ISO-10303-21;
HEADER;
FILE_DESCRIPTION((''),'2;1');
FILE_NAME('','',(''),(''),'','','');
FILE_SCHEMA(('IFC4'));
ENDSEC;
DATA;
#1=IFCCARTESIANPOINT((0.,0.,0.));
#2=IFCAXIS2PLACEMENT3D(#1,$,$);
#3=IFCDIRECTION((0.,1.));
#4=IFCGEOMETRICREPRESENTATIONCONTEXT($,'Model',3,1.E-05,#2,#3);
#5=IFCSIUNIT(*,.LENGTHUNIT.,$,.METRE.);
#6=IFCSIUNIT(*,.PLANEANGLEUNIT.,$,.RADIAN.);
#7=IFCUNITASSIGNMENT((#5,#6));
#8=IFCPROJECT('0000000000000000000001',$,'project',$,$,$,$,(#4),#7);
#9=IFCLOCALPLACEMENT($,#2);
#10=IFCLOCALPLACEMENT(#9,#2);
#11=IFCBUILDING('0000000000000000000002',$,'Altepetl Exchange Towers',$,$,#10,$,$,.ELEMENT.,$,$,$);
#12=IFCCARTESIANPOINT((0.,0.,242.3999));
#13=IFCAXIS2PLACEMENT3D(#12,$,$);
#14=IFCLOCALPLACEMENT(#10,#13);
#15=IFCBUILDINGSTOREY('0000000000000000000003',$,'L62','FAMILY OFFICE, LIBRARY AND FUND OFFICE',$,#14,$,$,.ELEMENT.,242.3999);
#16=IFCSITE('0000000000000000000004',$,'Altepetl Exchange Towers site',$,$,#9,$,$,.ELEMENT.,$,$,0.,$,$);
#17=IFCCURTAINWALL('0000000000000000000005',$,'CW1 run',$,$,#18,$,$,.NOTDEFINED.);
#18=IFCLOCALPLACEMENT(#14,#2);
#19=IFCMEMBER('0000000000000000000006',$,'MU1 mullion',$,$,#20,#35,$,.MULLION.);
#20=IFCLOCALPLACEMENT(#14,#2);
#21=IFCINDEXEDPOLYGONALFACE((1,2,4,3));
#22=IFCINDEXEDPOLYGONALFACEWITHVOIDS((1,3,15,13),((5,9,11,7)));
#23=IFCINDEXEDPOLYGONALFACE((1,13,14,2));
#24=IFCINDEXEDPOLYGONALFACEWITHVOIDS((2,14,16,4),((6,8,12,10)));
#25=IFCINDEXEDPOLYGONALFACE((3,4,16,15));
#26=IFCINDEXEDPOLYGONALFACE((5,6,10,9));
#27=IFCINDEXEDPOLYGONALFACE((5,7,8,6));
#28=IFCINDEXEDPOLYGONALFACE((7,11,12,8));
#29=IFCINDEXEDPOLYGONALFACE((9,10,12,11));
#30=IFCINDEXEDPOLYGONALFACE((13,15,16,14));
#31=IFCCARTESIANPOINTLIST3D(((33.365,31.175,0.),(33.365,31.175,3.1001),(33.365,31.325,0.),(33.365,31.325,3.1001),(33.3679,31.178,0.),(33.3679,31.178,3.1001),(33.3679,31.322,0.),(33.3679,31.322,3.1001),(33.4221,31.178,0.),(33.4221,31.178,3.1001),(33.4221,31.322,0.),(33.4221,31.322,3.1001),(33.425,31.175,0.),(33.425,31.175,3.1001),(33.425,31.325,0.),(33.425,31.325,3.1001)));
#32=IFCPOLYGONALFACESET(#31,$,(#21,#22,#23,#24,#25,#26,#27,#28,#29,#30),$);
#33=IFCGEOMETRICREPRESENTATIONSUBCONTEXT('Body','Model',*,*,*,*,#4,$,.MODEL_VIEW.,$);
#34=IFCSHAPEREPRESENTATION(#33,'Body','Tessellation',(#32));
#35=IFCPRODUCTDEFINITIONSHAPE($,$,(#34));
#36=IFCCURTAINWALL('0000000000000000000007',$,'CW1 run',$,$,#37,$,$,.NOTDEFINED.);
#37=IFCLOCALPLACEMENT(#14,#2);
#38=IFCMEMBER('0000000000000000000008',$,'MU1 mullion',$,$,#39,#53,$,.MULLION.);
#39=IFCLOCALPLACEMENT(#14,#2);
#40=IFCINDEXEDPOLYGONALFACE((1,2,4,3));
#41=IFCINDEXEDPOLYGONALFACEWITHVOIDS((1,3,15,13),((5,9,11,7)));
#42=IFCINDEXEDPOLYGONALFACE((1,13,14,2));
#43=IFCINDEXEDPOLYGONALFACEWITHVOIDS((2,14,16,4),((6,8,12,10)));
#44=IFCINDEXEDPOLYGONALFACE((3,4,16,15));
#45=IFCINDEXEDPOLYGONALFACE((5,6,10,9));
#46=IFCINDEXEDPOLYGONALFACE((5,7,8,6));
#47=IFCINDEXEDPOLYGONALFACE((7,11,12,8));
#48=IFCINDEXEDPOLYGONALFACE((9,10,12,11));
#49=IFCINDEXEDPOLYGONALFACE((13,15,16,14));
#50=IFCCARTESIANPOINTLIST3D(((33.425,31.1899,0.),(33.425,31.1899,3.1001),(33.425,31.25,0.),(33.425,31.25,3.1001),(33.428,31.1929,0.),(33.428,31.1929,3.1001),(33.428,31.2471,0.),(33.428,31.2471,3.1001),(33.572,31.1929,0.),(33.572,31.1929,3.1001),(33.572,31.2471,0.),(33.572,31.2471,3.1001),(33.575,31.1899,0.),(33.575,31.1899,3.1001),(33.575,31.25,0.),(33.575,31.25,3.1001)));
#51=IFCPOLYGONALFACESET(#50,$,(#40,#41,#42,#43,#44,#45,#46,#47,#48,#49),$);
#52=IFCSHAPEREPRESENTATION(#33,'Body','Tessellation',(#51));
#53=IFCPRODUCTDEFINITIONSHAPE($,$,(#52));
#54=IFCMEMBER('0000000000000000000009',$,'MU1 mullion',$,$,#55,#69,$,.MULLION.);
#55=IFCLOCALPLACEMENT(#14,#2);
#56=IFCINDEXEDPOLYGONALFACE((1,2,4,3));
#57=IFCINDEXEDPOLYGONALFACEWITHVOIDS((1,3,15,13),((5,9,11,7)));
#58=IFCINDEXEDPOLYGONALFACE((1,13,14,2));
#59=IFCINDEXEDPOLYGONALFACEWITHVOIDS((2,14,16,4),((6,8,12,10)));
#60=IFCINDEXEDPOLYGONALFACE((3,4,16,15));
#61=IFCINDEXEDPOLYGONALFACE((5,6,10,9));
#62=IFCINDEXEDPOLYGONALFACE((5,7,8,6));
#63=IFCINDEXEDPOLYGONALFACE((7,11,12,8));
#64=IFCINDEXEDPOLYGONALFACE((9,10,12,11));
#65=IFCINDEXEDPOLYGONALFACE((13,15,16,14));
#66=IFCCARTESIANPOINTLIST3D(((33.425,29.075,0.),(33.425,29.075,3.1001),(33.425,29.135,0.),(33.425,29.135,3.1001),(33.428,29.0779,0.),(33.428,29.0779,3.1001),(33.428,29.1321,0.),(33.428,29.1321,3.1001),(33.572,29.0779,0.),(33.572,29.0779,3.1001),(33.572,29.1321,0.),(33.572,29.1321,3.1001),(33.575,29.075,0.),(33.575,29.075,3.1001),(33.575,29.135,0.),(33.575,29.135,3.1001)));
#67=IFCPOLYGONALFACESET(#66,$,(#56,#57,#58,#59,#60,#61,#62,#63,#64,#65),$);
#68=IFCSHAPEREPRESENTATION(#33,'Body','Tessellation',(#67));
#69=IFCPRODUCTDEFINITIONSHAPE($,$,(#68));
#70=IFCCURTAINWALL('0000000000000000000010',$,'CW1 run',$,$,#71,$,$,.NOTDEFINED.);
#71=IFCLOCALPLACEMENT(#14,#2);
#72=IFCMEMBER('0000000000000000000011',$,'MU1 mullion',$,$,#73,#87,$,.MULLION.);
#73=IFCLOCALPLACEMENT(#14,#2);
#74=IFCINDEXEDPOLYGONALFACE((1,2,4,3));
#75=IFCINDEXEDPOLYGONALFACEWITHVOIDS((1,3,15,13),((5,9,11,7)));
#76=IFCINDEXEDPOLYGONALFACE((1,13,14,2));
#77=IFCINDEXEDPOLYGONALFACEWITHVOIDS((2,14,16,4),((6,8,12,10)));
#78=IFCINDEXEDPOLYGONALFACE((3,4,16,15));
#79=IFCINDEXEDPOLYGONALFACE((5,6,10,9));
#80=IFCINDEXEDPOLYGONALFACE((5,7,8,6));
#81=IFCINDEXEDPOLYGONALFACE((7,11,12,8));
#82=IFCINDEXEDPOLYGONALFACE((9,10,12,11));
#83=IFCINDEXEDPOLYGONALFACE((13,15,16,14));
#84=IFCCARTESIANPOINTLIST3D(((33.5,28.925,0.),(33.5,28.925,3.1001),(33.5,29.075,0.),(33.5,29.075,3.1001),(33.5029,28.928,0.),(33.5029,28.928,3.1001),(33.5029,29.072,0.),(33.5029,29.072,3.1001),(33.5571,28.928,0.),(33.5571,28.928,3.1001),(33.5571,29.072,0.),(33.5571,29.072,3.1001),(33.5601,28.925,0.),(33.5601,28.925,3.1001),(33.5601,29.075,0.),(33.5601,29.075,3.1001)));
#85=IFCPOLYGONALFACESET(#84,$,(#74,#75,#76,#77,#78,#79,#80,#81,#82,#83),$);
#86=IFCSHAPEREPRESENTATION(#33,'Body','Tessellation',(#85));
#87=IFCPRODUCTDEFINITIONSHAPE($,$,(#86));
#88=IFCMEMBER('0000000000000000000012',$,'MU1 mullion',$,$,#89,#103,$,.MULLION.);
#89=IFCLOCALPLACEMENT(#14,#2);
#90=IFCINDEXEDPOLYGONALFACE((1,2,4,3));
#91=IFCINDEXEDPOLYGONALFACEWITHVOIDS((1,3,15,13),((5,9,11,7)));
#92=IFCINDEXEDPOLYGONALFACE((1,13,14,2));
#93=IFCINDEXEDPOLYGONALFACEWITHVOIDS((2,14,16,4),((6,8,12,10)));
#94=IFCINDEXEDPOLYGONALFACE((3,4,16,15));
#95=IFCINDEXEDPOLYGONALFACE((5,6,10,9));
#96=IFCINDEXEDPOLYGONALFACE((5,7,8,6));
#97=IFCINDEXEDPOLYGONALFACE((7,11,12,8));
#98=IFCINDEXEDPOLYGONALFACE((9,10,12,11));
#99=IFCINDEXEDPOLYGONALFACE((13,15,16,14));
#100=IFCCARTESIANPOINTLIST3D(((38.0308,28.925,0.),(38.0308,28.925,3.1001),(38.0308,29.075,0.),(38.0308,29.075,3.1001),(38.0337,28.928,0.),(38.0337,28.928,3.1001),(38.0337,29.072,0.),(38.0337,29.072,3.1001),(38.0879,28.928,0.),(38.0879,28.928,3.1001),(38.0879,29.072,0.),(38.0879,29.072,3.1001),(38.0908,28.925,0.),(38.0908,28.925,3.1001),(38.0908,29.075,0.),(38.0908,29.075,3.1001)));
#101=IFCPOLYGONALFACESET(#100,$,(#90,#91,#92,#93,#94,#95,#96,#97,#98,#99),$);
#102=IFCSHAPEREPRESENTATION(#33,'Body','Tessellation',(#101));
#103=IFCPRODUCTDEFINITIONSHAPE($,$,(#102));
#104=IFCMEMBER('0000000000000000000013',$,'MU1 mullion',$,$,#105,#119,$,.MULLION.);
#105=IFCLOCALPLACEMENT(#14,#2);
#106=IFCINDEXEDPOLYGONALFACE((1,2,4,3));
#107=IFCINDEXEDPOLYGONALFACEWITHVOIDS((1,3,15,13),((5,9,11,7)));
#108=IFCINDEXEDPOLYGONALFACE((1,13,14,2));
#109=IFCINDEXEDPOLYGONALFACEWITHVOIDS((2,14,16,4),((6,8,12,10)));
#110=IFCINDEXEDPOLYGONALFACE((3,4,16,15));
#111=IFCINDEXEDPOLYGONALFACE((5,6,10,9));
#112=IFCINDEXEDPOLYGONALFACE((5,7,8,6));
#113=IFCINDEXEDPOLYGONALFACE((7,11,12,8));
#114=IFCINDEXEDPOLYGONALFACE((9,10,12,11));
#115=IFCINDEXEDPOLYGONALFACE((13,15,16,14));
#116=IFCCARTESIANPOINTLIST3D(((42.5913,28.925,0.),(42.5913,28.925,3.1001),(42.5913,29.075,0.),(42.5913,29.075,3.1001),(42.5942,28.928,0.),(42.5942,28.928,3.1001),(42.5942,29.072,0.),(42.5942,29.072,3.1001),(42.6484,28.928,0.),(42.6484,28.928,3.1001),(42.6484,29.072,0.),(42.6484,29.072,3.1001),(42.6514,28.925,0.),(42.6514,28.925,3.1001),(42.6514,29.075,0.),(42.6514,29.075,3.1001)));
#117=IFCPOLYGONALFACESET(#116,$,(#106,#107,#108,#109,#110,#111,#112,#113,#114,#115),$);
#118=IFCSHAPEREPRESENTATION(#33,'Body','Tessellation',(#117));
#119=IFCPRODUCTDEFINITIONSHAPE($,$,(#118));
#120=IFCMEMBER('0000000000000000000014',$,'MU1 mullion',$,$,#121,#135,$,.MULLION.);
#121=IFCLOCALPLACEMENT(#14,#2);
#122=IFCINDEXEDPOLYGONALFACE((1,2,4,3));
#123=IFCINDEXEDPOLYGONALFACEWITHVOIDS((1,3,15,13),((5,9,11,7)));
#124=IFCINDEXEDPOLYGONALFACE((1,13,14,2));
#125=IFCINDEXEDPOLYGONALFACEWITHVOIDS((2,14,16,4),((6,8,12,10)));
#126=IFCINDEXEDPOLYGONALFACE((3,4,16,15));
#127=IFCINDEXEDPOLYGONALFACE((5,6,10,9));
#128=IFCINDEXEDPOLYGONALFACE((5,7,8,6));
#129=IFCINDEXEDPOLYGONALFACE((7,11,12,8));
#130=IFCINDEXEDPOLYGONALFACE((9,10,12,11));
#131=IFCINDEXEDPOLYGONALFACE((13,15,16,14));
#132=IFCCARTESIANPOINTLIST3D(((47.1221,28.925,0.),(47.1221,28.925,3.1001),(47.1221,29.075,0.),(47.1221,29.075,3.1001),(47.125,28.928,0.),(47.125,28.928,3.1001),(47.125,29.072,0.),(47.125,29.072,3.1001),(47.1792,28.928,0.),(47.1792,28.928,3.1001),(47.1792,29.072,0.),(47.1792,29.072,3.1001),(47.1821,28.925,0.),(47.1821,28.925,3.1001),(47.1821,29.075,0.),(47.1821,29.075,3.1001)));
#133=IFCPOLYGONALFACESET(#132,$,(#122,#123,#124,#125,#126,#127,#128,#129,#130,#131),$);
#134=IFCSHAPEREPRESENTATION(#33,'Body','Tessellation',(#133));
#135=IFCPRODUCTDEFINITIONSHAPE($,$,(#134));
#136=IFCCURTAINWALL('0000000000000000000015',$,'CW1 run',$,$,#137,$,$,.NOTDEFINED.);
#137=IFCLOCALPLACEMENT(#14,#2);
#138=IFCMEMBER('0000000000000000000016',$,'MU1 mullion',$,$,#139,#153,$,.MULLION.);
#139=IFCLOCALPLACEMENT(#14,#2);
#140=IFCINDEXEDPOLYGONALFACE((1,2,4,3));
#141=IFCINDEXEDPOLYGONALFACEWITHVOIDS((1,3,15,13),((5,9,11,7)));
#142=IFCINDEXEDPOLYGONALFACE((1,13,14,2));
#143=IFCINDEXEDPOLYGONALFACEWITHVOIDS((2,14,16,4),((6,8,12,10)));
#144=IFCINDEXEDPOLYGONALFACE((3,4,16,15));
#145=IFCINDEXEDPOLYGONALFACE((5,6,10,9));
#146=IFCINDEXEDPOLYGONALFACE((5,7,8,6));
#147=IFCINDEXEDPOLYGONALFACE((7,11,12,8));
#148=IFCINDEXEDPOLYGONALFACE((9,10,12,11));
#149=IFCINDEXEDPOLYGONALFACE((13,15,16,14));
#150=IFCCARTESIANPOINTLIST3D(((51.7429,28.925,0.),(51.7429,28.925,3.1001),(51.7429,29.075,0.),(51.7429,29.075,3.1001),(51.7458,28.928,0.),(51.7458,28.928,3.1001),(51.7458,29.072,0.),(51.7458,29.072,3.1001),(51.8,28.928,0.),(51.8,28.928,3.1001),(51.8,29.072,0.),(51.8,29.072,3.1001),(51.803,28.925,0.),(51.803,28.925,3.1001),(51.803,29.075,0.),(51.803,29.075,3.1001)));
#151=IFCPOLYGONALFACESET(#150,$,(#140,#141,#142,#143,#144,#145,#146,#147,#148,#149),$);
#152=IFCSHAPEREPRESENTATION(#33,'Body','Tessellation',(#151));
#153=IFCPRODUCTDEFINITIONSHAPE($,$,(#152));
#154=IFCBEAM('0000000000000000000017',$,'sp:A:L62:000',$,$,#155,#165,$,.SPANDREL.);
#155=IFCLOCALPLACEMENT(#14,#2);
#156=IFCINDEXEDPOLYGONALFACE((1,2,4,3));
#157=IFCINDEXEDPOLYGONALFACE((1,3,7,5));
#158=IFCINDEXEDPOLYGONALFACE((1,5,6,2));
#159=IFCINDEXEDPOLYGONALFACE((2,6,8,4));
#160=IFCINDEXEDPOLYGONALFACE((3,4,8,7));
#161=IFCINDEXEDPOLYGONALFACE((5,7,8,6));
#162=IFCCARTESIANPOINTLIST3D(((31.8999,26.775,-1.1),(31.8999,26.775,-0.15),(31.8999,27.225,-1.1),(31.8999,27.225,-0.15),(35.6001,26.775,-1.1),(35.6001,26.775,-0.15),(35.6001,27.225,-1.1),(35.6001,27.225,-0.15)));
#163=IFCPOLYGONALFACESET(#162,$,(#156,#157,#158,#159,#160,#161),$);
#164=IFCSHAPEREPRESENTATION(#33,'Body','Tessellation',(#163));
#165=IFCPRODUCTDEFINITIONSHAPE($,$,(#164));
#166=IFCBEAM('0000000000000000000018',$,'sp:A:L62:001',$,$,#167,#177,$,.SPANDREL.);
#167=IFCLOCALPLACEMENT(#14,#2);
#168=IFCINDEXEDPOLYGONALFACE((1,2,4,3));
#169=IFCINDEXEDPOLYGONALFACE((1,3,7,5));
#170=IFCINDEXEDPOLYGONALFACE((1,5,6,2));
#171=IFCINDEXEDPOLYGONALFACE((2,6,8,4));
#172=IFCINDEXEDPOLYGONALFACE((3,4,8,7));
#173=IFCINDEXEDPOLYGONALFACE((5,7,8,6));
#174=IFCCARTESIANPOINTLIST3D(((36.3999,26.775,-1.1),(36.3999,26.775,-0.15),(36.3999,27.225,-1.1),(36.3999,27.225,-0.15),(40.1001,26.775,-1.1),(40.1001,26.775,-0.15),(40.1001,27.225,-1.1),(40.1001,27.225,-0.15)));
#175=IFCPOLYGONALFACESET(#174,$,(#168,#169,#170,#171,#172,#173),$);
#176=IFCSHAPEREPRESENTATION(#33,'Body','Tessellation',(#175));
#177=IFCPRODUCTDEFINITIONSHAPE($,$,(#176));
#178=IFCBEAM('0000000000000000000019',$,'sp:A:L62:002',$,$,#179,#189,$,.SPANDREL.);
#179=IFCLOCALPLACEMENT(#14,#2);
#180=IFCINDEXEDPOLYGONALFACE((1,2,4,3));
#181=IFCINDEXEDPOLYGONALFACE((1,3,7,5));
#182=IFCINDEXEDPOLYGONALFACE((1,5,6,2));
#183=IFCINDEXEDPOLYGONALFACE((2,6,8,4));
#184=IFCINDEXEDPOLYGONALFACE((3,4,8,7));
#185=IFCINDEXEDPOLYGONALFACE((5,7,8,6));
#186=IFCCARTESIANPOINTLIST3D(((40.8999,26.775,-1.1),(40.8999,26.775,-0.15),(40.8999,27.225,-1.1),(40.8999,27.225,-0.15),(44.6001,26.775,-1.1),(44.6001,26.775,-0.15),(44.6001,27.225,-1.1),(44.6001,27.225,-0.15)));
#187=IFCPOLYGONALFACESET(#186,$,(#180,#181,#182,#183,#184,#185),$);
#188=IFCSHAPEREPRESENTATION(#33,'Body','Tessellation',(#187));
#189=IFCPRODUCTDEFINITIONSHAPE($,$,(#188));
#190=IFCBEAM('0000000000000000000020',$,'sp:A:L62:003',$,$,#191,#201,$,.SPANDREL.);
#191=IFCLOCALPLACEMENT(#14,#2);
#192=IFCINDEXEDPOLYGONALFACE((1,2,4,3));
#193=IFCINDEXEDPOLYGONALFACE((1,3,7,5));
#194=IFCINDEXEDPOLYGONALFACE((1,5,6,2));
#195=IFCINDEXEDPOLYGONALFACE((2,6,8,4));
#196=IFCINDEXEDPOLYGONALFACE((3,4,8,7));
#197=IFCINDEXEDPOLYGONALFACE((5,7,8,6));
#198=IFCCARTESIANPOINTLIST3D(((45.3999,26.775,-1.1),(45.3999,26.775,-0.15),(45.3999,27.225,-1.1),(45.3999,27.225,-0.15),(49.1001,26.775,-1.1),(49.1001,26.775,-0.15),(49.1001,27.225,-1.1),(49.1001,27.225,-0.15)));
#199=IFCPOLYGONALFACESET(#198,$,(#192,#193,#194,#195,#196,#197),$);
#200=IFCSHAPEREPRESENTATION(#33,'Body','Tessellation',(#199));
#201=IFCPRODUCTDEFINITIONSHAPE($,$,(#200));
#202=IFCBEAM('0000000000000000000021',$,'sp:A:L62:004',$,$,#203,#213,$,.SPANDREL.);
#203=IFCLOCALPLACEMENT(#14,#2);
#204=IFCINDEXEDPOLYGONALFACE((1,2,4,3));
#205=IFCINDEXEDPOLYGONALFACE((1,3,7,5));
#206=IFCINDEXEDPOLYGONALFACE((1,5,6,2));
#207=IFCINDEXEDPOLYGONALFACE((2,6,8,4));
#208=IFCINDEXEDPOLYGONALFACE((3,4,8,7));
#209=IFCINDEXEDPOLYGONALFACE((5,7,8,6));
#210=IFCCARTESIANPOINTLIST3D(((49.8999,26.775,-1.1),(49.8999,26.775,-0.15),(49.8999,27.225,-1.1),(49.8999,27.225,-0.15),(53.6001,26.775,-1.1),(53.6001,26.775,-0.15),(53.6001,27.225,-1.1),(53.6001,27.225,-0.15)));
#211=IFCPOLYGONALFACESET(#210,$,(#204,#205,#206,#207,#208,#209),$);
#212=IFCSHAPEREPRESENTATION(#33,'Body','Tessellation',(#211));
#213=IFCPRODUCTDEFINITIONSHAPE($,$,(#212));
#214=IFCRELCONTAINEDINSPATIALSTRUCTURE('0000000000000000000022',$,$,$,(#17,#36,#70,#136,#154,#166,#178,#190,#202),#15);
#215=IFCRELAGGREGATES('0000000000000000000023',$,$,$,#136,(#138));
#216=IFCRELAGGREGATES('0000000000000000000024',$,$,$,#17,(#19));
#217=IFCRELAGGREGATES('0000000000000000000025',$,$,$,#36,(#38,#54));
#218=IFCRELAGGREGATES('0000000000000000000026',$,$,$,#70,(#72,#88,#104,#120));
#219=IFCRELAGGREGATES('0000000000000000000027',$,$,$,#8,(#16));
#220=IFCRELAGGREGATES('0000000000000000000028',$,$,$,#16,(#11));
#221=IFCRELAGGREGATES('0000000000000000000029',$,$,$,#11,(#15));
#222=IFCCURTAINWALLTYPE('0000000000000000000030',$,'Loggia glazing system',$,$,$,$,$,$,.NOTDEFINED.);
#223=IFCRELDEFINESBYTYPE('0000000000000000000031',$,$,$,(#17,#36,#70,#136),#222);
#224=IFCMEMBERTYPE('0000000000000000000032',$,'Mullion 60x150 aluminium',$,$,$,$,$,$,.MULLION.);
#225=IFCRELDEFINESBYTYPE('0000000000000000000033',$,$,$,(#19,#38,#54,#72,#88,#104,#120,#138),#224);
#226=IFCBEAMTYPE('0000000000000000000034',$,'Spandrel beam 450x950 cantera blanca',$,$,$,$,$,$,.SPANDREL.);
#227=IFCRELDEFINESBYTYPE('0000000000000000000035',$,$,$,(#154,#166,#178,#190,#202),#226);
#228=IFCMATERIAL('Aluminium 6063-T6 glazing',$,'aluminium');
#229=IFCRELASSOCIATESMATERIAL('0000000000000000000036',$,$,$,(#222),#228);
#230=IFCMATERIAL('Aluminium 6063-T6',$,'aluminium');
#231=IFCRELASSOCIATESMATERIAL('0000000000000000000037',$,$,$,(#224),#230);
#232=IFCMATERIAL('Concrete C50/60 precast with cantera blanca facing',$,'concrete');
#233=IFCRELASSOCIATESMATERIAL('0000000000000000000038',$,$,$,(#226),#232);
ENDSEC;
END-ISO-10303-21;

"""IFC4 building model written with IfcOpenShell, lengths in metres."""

from ifc_helpers import new_model, si_unit, direction, frame, origin, origin_2d, place, context, subcontext, project, spatial, rectangle, hollow_rectangle, extrude, material, material_profile, profile_set, type_object, element, aggregate, save


model = new_model("IFC4")

# Units and contexts
model_context = context("Model", 3, precision=1e-05, world=origin(), true_north=direction((0.0, 1.0)))
body_context = subcontext(model_context, "Body", "Model", "MODEL_VIEW")
ifc_project = project(units=[si_unit("LENGTHUNIT", "METRE"), si_unit("PLANEANGLEUNIT", "RADIAN")], contexts=[model_context])

# Site, building, storey
site_placement = place(None, origin())
site = spatial("IfcSite", under=ifc_project, at=site_placement, Name="Altepetl Exchange Towers site", CompositionType="ELEMENT", RefElevation=0.0)
building_placement = place(site_placement, origin())
building = spatial("IfcBuilding", under=site, at=building_placement, Name="Altepetl Exchange Towers", CompositionType="ELEMENT")
storey_placement = place(building_placement, frame((0.0, 0.0, 242.3999)))
storey = spatial("IfcBuildingStorey", under=building, at=storey_placement, Name="L62", Description="FAMILY OFFICE, LIBRARY AND FUND OFFICE", CompositionType="ELEMENT", Elevation=242.3999)

# Shared definitions
ifc_material_1 = material(Name="Aluminium 6063-T6 glazing", Category="aluminium")
curtain_wall_type = type_object("IfcCurtainWallType", Name="Loggia glazing system", PredefinedType="NOTDEFINED", material=ifc_material_1)
ifc_material_2 = material(Name="Aluminium 6063-T6", Category="aluminium")
ifc_material_profile_1 = material_profile(ifc_material_2, hollow_rectangle(XDim=0.0601, YDim=0.1499, WallThickness=0.0029, at=origin_2d()), Name="Mullion 60x150 aluminium")
ifc_profile_set_1 = profile_set([ifc_material_profile_1], Name="Aluminium 6063-T6")
member_type = type_object("IfcMemberType", Name="Mullion 60x150 aluminium", PredefinedType="MULLION", material=ifc_profile_set_1)

# Curtain wall, member
curtain_wall_1_placement = place(storey_placement, origin())
curtain_wall_1 = element("IfcCurtainWall", 1, at=curtain_wall_1_placement, inside=storey, type_object=curtain_wall_type, Name="CW1 run", PredefinedType="NOTDEFINED")
member_1_placement = place(storey_placement, frame((33.395, 31.25, 0.0)))
member_1 = element("IfcMember", 2, at=member_1_placement, type_object=member_type, Name="MU1 mullion", PredefinedType="MULLION", context=body_context, shape_type="SweptSolid", body=[
    extrude(hollow_rectangle(XDim=0.0601, YDim=0.1499, WallThickness=0.0029, at=origin_2d()), origin(), (0.0, 0.0, 1.0), 3.1001),
])

# Curtain walls, members
curtain_wall_2_placement = place(storey_placement, origin())
curtain_wall_2 = element("IfcCurtainWall", 3, at=curtain_wall_2_placement, inside=storey, type_object=curtain_wall_type, Name="CW1 run", PredefinedType="NOTDEFINED")
member_2_placement = place(storey_placement, frame((33.5, 31.22, 0.0), z_axis=(0.0, 0.0, 1.0), x_axis=(0.0, -1.0, 0.0)))
member_2 = element("IfcMember", 4, at=member_2_placement, type_object=member_type, Name="MU1 mullion", PredefinedType="MULLION", context=body_context, shape_type="SweptSolid", body=[
    extrude(hollow_rectangle(XDim=0.0601, YDim=0.1499, WallThickness=0.0029, at=origin_2d()), origin(), (0.0, 0.0, 1.0), 3.1001),
])
member_3_placement = place(storey_placement, frame((33.5, 29.105, 0.0), z_axis=(0.0, 0.0, 1.0), x_axis=(0.0, -1.0, 0.0)))
member_3 = element("IfcMember", 5, at=member_3_placement, type_object=member_type, Name="MU1 mullion", PredefinedType="MULLION", context=body_context, shape_type="SweptSolid", body=[
    extrude(hollow_rectangle(XDim=0.0601, YDim=0.1499, WallThickness=0.0029, at=origin_2d()), origin(), (0.0, 0.0, 1.0), 3.1001),
])
curtain_wall_3_placement = place(storey_placement, origin())
curtain_wall_3 = element("IfcCurtainWall", 6, at=curtain_wall_3_placement, inside=storey, type_object=curtain_wall_type, Name="CW1 run", PredefinedType="NOTDEFINED")
member_4_placement = place(storey_placement, frame((33.53, 29.0, 0.0)))
member_4 = element("IfcMember", 7, at=member_4_placement, type_object=member_type, Name="MU1 mullion", PredefinedType="MULLION", context=body_context, shape_type="SweptSolid", body=[
    extrude(hollow_rectangle(XDim=0.0601, YDim=0.1499, WallThickness=0.0029, at=origin_2d()), origin(), (0.0, 0.0, 1.0), 3.1001),
])
member_5_placement = place(storey_placement, frame((38.0608, 29.0, 0.0)))
member_5 = element("IfcMember", 8, at=member_5_placement, type_object=member_type, Name="MU1 mullion", PredefinedType="MULLION", context=body_context, shape_type="SweptSolid", body=[
    extrude(hollow_rectangle(XDim=0.0601, YDim=0.1499, WallThickness=0.0029, at=origin_2d()), origin(), (0.0, 0.0, 1.0), 3.1001),
])
member_6_placement = place(storey_placement, frame((42.6213, 29.0, 0.0)))
member_6 = element("IfcMember", 9, at=member_6_placement, type_object=member_type, Name="MU1 mullion", PredefinedType="MULLION", context=body_context, shape_type="SweptSolid", body=[
    extrude(hollow_rectangle(XDim=0.0601, YDim=0.1499, WallThickness=0.0029, at=origin_2d()), origin(), (0.0, 0.0, 1.0), 3.1001),
])
member_7_placement = place(storey_placement, frame((47.1521, 29.0, 0.0)))
member_7 = element("IfcMember", 10, at=member_7_placement, type_object=member_type, Name="MU1 mullion", PredefinedType="MULLION", context=body_context, shape_type="SweptSolid", body=[
    extrude(hollow_rectangle(XDim=0.0601, YDim=0.1499, WallThickness=0.0029, at=origin_2d()), origin(), (0.0, 0.0, 1.0), 3.1001),
])

# Curtain wall, member
curtain_wall_4_placement = place(storey_placement, origin())
curtain_wall_4 = element("IfcCurtainWall", 11, at=curtain_wall_4_placement, inside=storey, type_object=curtain_wall_type, Name="CW1 run", PredefinedType="NOTDEFINED")
member_8_placement = place(storey_placement, frame((51.7729, 29.0, 0.0)))
member_8 = element("IfcMember", 12, at=member_8_placement, type_object=member_type, Name="MU1 mullion", PredefinedType="MULLION", context=body_context, shape_type="SweptSolid", body=[
    extrude(hollow_rectangle(XDim=0.0601, YDim=0.1499, WallThickness=0.0029, at=origin_2d()), origin(), (0.0, 0.0, 1.0), 3.1001),
])
aggregate(curtain_wall_4, [member_8])

# Beams
ifc_material_3 = material(Name="Concrete C50/60 precast with cantera blanca facing", Category="concrete")
ifc_material_profile_2 = material_profile(ifc_material_3, rectangle(XDim=0.45, YDim=0.95, at=origin_2d()), Name="450 x 950")
ifc_profile_set_2 = profile_set([ifc_material_profile_2], Name="Concrete C50/60 precast with cantera blanca facing")
beam_type_1 = type_object("IfcBeamType", Name="Spandrel beam 450x950 cantera blanca", PredefinedType="SPANDREL", material=ifc_profile_set_2)
for number, where, z_axis, x_axis, name in (
    (13, (31.8999, 27.0, -0.625), (1.0, 0.0, 0.0), (0.0, 1.0, 0.0), "sp:A:L62:000"),
    (14, (36.3999, 27.0, -0.625), (1.0, 0.0, 0.0), (0.0, 1.0, 0.0), "sp:A:L62:001"),
    (15, (40.8999, 27.0, -0.625), (1.0, 0.0, 0.0), (0.0, 1.0, 0.0), "sp:A:L62:002"),
    (16, (45.3999, 27.0, -0.625), (1.0, 0.0, 0.0), (0.0, 1.0, 0.0), "sp:A:L62:003"),
    (17, (49.8999, 27.0, -0.625), (1.0, 0.0, 0.0), (0.0, 1.0, 0.0), "sp:A:L62:004"),
):
    element("IfcBeam", number, at=place(storey_placement, frame(where, z_axis=z_axis, x_axis=x_axis)), inside=storey, type_object=beam_type_1, Name=name, PredefinedType="SPANDREL", context=body_context, shape_type="SweptSolid", body=[
        extrude(rectangle(XDim=0.45, YDim=0.95, at=origin_2d()), origin(), (0.0, 0.0, 1.0), 3.7002),
    ])

aggregate(curtain_wall_1, [member_1])
aggregate(curtain_wall_2, [member_2, member_3])
aggregate(curtain_wall_3, [member_4, member_5, member_6, member_7])

save(model, "model.ifc")
